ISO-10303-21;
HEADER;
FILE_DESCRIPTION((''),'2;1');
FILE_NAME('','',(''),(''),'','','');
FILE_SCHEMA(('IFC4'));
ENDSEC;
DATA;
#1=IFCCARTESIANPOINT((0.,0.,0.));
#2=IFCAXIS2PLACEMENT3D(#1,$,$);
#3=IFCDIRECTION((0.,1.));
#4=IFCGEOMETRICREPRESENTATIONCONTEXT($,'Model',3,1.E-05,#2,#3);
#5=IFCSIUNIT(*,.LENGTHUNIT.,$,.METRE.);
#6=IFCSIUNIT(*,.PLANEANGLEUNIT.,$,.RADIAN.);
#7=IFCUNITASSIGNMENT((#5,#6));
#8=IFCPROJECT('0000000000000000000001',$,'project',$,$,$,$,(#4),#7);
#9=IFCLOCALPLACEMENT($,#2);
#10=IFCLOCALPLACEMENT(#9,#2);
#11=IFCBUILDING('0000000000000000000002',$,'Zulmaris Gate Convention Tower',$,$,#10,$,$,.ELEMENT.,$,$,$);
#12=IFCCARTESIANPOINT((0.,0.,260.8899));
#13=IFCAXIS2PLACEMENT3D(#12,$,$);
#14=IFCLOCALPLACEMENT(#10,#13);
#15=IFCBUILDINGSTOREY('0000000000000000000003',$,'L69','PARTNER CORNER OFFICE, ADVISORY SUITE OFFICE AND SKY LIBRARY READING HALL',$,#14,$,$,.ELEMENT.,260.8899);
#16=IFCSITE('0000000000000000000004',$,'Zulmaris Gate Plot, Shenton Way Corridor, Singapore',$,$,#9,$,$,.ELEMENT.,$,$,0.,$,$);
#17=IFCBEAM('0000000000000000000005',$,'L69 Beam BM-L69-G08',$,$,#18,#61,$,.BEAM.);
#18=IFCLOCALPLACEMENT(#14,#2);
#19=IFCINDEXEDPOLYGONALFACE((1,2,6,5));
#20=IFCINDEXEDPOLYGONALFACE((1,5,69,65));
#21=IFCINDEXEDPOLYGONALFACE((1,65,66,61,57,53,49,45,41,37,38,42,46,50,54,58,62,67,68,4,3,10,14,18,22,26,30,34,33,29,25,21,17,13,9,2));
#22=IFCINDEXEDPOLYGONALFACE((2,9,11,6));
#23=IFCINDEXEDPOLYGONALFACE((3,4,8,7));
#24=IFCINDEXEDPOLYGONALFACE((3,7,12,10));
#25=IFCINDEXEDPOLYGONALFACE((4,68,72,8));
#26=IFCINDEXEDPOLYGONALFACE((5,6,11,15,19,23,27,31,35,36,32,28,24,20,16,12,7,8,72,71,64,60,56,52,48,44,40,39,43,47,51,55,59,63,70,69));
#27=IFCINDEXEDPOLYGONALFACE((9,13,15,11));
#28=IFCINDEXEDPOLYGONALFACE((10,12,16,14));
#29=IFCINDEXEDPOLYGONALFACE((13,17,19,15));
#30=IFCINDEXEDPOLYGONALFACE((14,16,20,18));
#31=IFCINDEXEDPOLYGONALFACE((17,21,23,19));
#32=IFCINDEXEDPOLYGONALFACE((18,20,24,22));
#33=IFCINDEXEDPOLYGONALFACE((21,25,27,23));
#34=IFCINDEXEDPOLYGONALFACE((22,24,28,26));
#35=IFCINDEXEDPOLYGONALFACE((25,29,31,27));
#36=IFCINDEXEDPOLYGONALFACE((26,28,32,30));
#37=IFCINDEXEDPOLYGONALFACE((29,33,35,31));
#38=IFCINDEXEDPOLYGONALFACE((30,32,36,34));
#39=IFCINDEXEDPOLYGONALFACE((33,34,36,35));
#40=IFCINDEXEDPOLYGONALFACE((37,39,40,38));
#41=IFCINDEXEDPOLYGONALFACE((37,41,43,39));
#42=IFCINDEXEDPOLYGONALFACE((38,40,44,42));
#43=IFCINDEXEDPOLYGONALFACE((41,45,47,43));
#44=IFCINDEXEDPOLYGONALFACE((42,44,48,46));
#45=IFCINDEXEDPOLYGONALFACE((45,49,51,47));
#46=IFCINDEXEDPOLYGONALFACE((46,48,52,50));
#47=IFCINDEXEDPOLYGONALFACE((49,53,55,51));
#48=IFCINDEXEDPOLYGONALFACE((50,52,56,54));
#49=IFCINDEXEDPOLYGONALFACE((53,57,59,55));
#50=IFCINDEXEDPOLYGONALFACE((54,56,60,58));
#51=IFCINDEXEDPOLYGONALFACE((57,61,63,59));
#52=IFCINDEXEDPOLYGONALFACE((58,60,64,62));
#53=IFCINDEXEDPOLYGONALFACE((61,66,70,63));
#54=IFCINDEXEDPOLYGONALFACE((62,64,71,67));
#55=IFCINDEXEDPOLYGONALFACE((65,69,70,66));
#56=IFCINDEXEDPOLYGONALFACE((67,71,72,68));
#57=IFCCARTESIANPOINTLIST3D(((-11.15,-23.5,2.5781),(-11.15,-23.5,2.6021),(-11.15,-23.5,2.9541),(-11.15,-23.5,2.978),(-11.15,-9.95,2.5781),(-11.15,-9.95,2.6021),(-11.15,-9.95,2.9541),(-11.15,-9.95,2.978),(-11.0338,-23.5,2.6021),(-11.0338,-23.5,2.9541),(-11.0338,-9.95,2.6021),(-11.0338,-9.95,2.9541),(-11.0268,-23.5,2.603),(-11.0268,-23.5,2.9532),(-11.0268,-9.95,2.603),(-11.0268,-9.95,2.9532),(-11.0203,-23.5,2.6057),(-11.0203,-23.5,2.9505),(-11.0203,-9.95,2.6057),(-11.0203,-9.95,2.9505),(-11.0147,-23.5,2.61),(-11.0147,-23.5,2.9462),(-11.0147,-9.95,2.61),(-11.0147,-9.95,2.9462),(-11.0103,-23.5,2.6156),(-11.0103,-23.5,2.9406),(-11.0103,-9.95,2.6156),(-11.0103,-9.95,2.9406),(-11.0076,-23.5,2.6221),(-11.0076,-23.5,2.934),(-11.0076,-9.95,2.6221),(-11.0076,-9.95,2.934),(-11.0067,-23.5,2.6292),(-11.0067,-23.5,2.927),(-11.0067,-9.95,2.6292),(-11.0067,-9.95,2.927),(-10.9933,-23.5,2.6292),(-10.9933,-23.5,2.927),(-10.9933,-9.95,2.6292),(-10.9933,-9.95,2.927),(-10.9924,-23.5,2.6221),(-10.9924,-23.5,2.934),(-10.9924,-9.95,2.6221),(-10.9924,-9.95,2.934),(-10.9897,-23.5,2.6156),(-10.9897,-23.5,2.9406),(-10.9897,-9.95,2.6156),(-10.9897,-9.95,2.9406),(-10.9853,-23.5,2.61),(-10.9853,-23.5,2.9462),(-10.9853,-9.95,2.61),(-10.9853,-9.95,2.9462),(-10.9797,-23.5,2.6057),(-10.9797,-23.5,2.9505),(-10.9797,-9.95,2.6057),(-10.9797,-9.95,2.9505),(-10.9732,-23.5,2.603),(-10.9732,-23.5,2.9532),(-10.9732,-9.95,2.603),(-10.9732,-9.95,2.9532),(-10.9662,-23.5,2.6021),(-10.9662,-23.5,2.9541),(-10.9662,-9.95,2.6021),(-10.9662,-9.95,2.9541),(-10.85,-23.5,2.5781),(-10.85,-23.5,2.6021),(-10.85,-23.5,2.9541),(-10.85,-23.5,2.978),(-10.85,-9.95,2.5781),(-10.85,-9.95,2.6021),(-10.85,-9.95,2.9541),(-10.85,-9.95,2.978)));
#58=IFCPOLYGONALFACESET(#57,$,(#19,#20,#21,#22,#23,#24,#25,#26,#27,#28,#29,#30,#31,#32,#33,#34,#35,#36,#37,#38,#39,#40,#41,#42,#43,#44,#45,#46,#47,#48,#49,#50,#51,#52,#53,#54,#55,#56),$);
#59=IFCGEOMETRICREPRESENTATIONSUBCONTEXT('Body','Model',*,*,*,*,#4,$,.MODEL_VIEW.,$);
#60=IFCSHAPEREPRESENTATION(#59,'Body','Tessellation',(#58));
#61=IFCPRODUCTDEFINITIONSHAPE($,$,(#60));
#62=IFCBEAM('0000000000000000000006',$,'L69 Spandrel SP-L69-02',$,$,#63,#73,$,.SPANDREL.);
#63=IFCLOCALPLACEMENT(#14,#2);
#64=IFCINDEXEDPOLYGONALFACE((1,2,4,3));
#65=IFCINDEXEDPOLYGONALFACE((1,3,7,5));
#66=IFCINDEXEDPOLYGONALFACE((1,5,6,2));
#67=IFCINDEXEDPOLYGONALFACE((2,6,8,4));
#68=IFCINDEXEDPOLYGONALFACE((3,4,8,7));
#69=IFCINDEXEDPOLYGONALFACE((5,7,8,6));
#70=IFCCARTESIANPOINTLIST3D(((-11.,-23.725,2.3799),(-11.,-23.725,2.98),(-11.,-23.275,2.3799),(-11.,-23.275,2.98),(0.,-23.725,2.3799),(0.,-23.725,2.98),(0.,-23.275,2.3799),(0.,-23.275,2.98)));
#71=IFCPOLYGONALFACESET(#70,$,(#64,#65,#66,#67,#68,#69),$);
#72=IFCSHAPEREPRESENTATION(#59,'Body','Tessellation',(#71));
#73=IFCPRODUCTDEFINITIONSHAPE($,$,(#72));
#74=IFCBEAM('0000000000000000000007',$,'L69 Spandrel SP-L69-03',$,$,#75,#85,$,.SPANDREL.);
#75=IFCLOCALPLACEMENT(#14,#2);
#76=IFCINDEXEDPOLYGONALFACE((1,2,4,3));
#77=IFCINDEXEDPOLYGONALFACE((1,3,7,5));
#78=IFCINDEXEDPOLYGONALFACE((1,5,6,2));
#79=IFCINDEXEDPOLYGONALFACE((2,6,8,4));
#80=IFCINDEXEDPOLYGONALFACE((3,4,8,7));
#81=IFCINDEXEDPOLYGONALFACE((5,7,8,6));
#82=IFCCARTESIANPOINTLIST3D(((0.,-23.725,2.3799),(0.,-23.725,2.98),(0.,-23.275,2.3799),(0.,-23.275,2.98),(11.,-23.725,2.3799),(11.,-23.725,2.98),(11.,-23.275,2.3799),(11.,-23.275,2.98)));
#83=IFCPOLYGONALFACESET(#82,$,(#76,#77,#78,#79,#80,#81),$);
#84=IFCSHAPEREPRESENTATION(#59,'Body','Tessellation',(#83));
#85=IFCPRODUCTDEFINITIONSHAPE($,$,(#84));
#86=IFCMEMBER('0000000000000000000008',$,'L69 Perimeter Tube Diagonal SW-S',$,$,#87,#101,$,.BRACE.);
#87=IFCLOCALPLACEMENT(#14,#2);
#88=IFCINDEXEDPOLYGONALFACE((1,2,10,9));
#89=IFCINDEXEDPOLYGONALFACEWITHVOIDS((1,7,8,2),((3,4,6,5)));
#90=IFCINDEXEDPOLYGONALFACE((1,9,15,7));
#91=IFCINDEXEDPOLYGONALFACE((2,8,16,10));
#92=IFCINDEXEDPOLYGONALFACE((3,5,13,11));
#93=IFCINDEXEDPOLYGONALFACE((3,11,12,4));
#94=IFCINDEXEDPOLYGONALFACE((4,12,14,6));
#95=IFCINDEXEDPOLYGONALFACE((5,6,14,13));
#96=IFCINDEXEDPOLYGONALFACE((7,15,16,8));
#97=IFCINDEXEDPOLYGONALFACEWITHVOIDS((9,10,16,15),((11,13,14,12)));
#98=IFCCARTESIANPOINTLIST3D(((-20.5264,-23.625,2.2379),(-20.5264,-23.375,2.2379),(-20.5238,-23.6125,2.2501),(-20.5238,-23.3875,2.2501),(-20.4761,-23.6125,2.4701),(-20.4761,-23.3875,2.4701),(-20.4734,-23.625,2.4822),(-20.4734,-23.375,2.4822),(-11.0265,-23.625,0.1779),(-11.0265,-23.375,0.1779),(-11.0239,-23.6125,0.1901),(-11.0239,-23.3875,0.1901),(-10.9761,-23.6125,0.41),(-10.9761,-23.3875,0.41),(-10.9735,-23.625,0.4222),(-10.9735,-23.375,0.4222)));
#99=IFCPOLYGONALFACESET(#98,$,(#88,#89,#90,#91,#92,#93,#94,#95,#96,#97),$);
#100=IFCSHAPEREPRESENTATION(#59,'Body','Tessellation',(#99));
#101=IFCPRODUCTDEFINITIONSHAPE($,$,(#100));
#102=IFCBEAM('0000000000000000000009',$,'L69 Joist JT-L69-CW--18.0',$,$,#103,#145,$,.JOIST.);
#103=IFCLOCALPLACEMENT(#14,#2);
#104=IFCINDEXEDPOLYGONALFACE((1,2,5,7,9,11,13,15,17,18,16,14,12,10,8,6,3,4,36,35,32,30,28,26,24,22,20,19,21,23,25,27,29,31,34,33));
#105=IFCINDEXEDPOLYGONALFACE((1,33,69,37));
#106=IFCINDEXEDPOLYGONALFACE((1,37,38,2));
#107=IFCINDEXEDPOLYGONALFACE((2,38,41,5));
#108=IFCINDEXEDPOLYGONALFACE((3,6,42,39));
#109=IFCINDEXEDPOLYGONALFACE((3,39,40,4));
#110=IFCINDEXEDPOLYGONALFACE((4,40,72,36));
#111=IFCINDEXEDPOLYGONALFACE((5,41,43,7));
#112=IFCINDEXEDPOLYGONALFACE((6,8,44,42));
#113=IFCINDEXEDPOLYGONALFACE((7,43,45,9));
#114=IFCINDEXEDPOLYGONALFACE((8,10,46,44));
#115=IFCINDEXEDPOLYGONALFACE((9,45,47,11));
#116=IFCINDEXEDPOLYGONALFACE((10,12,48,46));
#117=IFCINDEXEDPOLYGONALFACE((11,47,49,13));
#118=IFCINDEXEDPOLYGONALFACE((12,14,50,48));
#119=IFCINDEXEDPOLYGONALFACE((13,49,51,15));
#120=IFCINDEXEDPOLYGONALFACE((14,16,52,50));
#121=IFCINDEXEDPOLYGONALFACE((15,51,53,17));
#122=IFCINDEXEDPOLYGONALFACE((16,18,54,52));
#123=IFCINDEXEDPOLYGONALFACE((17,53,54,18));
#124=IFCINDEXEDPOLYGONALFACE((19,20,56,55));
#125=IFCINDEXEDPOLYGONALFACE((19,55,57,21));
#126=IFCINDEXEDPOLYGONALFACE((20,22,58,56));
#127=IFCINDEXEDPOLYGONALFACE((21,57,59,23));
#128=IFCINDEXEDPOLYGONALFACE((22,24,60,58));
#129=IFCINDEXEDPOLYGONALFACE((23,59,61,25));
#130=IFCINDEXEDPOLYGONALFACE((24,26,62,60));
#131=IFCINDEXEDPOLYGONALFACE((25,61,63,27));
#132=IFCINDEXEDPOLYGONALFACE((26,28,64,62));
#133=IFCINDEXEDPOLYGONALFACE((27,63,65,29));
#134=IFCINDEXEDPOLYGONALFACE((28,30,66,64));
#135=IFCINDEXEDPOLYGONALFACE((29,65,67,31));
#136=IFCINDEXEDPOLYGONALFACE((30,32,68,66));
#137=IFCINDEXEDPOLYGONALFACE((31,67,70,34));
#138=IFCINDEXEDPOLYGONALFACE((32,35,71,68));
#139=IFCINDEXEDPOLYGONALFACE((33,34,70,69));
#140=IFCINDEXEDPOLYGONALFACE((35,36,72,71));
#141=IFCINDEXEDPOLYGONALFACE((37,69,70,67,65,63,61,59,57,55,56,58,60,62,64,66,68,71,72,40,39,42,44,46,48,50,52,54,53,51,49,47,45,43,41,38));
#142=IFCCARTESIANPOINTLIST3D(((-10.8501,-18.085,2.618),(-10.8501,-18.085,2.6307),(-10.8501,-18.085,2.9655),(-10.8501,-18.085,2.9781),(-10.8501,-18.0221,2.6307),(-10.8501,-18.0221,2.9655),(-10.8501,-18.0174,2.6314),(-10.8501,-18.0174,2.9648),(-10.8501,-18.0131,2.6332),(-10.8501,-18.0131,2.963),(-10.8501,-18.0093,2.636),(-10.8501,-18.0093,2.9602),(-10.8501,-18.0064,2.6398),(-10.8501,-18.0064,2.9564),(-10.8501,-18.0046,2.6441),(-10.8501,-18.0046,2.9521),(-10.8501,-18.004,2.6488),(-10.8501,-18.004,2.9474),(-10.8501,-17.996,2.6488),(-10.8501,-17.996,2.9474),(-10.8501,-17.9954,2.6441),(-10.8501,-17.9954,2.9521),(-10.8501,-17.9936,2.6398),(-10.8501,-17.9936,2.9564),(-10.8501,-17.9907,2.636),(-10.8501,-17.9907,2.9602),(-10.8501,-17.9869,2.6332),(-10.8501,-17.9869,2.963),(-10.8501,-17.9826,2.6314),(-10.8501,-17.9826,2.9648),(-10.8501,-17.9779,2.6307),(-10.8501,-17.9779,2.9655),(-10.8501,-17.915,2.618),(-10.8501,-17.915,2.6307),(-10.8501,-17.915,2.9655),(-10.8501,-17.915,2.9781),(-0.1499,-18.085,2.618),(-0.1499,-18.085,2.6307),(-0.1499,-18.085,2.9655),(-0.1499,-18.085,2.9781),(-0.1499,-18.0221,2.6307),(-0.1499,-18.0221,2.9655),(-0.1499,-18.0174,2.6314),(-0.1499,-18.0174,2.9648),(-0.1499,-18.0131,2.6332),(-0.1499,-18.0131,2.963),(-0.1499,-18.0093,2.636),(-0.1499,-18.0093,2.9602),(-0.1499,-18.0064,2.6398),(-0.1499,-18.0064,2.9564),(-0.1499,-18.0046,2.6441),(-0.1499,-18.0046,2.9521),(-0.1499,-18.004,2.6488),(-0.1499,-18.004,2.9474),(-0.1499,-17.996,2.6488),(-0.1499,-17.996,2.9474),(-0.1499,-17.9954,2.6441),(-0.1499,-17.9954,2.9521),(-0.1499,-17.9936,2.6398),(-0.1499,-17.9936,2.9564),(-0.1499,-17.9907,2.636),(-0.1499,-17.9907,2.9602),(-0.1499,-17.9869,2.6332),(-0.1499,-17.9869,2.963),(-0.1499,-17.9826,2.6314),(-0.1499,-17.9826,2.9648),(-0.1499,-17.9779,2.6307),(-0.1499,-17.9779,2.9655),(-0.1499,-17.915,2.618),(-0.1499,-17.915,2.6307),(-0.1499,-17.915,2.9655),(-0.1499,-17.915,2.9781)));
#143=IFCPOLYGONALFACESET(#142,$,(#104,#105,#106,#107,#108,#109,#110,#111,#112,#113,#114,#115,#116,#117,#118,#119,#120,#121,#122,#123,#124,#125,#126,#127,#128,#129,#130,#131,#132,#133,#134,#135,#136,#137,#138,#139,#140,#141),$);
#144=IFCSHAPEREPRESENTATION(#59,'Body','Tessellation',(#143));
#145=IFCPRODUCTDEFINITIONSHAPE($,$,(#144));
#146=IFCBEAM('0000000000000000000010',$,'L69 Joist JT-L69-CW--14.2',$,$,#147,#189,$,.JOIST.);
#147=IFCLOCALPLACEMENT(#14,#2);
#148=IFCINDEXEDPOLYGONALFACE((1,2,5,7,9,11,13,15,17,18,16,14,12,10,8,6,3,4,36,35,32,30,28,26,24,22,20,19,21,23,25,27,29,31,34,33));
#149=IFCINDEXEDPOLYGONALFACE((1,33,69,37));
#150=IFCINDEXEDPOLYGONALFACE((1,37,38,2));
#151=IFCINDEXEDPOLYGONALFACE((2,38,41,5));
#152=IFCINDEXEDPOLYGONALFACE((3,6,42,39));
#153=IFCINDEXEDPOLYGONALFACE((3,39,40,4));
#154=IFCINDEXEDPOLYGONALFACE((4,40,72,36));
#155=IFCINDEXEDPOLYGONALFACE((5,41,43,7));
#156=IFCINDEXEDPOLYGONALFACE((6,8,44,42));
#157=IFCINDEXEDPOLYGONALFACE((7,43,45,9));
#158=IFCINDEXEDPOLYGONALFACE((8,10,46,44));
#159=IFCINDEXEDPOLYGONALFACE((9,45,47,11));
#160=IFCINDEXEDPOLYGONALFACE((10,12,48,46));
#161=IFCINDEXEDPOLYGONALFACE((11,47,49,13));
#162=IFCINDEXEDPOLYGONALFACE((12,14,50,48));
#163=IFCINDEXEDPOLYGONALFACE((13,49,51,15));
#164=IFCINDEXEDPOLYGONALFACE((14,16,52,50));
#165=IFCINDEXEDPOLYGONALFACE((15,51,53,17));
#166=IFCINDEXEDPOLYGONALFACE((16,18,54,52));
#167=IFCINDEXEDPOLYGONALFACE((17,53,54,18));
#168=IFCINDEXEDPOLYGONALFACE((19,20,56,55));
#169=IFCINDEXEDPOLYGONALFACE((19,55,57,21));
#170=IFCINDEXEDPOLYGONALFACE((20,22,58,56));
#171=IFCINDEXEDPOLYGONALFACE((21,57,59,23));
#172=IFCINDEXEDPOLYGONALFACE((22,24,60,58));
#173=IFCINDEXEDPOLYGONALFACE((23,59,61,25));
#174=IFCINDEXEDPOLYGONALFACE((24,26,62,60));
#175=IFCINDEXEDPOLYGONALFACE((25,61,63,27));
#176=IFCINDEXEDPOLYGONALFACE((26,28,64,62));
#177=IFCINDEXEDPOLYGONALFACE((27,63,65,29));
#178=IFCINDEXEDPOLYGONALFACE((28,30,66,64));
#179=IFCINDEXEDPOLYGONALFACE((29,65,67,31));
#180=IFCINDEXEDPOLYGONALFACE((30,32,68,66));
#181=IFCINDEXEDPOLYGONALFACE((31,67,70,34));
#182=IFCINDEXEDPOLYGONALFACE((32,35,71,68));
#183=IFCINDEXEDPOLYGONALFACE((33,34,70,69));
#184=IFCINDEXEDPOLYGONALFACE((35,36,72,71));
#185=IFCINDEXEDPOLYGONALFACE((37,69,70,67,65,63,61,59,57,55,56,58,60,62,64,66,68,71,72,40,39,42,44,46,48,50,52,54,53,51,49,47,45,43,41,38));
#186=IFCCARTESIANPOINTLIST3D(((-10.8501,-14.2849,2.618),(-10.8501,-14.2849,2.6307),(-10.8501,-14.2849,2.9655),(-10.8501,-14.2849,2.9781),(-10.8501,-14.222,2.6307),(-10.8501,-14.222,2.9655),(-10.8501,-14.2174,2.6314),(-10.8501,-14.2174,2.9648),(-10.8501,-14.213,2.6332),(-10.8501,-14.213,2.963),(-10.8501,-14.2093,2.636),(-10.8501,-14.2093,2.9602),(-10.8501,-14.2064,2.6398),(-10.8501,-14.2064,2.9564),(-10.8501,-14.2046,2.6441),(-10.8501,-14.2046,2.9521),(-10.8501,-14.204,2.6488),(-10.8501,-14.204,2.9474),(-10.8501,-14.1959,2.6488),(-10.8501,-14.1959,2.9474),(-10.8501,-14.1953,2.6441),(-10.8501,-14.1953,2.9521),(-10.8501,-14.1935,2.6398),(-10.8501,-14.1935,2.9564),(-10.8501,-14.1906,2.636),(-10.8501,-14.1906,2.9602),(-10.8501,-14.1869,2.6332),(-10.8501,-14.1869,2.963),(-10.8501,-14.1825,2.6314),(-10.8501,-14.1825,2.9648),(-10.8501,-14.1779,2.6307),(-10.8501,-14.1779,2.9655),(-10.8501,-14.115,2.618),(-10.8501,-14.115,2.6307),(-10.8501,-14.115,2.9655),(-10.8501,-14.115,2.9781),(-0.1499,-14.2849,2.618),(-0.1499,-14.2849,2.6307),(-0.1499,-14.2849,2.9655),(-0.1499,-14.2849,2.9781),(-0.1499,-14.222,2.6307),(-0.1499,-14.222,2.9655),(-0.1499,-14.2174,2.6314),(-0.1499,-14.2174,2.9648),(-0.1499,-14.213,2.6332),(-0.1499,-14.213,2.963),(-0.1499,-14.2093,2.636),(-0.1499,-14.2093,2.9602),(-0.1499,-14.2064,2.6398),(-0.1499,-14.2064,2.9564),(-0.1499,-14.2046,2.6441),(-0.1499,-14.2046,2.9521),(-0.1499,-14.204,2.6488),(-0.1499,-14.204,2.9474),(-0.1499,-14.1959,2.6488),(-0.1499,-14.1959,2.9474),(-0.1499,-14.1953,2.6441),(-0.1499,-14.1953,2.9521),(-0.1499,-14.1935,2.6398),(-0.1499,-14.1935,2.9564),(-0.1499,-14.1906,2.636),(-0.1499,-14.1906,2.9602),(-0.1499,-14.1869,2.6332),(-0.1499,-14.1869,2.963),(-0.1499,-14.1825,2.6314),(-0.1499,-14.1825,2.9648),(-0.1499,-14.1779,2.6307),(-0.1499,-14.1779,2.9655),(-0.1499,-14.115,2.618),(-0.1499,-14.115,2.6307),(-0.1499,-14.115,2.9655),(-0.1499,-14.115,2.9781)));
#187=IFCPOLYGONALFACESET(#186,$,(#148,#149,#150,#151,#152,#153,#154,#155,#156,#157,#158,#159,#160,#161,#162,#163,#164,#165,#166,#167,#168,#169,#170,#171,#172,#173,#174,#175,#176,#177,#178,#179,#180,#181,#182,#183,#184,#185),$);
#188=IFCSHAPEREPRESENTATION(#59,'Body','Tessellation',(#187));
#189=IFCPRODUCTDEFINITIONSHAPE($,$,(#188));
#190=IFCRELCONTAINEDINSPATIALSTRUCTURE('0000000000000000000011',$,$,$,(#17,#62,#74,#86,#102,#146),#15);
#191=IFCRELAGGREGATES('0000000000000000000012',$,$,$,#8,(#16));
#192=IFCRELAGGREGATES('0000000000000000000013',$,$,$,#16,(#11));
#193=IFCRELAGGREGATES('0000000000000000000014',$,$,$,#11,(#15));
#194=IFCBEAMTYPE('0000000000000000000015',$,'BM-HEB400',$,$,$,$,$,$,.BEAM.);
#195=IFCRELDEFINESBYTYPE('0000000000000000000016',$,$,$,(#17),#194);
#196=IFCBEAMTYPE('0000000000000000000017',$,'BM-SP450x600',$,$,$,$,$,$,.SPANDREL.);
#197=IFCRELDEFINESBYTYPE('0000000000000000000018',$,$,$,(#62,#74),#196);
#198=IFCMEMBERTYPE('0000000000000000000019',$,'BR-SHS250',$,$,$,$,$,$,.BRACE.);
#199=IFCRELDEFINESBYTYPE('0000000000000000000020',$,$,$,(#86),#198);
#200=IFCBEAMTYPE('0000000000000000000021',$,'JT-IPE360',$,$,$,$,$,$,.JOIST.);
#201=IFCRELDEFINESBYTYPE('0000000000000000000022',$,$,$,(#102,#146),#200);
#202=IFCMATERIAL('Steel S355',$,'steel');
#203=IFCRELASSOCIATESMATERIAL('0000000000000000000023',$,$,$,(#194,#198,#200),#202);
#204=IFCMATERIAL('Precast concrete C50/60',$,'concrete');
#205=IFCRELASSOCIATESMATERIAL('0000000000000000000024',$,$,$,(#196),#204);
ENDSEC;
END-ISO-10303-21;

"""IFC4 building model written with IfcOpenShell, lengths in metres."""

from ifc_helpers import new_model, si_unit, direction, frame, origin, origin_2d, place, context, subcontext, project, spatial, rectangle, hollow_rectangle, i_section, extrude, material, material_profile, profile_set, type_object, element, save


model = new_model("IFC4")

# Units and contexts
model_context = context("Model", 3, precision=1e-05, world=origin(), true_north=direction((0.0, 1.0)))
body_context = subcontext(model_context, "Body", "Model", "MODEL_VIEW")
ifc_project = project(units=[si_unit("LENGTHUNIT", "METRE"), si_unit("PLANEANGLEUNIT", "RADIAN")], contexts=[model_context])

# Site, building, storey
site_placement = place(None, origin())
site = spatial("IfcSite", under=ifc_project, at=site_placement, Name="Zulmaris Gate Plot, Shenton Way Corridor, Singapore", CompositionType="ELEMENT", RefElevation=0.0)
building_placement = place(site_placement, origin())
building = spatial("IfcBuilding", under=site, at=building_placement, Name="Zulmaris Gate Convention Tower", CompositionType="ELEMENT")
storey_placement = place(building_placement, frame((0.0, 0.0, 260.8899)))
storey = spatial("IfcBuildingStorey", under=building, at=storey_placement, Name="L69", Description="PARTNER CORNER OFFICE, ADVISORY SUITE OFFICE AND SKY LIBRARY READING HALL", CompositionType="ELEMENT", Elevation=260.8899)

# Beams
ifc_material_1 = material(Name="Steel S355", Category="steel")
ifc_material_profile_1 = material_profile(ifc_material_1, i_section(OverallWidth=0.3, OverallDepth=0.3999, WebThickness=0.0134, FlangeThickness=0.0239, FilletRadius=0.0271, at=origin_2d()), Name="HEB 400")
ifc_profile_set_1 = profile_set([ifc_material_profile_1], Name="Steel S355")
beam_type_1 = type_object("IfcBeamType", Name="BM-HEB400", PredefinedType="BEAM", material=ifc_profile_set_1)
beam_1_placement = place(storey_placement, frame((-11.0, -23.5, 2.7781), z_axis=(0.0, 1.0, 0.0), x_axis=(-1.0, 0.0, 0.0)))
element("IfcBeam", 1, at=beam_1_placement, inside=storey, type_object=beam_type_1, Name="L69 Beam BM-L69-G08", PredefinedType="BEAM", context=body_context, shape_type="SweptSolid", body=[
    extrude(i_section(OverallWidth=0.3, OverallDepth=0.3999, WebThickness=0.0134, FlangeThickness=0.0239, FilletRadius=0.0271, at=origin_2d()), origin(), (0.0, 0.0, 1.0), 13.55),
])
ifc_material_2 = material(Name="Precast concrete C50/60", Category="concrete")
ifc_material_profile_2 = material_profile(ifc_material_2, rectangle(XDim=0.45, YDim=0.6001, at=origin_2d()), Name="RC SPANDREL 450x600")
ifc_profile_set_2 = profile_set([ifc_material_profile_2], Name="Precast concrete C50/60")
beam_type_2 = type_object("IfcBeamType", Name="BM-SP450x600", PredefinedType="SPANDREL", material=ifc_profile_set_2)
for number, where, z_axis, x_axis, name in (
    (2, (-11.0, -23.5, 2.6799), (1.0, 0.0, 0.0), (0.0, 1.0, 0.0), "L69 Spandrel SP-L69-02"),
    (3, (0.0, -23.5, 2.6799), (1.0, 0.0, 0.0), (0.0, 1.0, 0.0), "L69 Spandrel SP-L69-03"),
):
    element("IfcBeam", number, at=place(storey_placement, frame(where, z_axis=z_axis, x_axis=x_axis)), inside=storey, type_object=beam_type_2, Name=name, PredefinedType="SPANDREL", context=body_context, shape_type="SweptSolid", body=[
        extrude(rectangle(XDim=0.45, YDim=0.6001, at=origin_2d()), origin(), (0.0, 0.0, 1.0), 11.0),
    ])

# Member
ifc_material_profile_3 = material_profile(ifc_material_1, hollow_rectangle(XDim=0.25, YDim=0.25, WallThickness=0.0125, at=origin_2d()), Name="SHS 250x250x12.5")
ifc_profile_set_3 = profile_set([ifc_material_profile_3], Name="Steel S355")
member_type = type_object("IfcMemberType", Name="BR-SHS250", PredefinedType="BRACE", material=ifc_profile_set_3)
member_placement = place(storey_placement, frame((-11.0, -23.5, 0.3), z_axis=(-0.977286, 0.0, 0.211923), x_axis=(0.0, -1.0, 0.0)))
element("IfcMember", 4, at=member_placement, inside=storey, type_object=member_type, Name="L69 Perimeter Tube Diagonal SW-S", PredefinedType="BRACE", context=body_context, shape_type="SweptSolid", body=[
    extrude(hollow_rectangle(XDim=0.25, YDim=0.25, WallThickness=0.0125, at=origin_2d()), origin(), (0.0, 0.0, 1.0), 9.7207),
])

# Beams
ifc_material_profile_4 = material_profile(ifc_material_1, i_section(OverallWidth=0.1699, OverallDepth=0.3601, WebThickness=0.0081, FlangeThickness=0.0127, FilletRadius=0.0181, at=origin_2d()), Name="IPE 360")
ifc_profile_set_4 = profile_set([ifc_material_profile_4], Name="Steel S355")
beam_type_3 = type_object("IfcBeamType", Name="JT-IPE360", PredefinedType="JOIST", material=ifc_profile_set_4)
for number, where, z_axis, x_axis, name in (
    (5, (-10.8501, -18.0, 2.7981), (1.0, 0.0, 0.0), (0.0, 1.0, 0.0), "L69 Joist JT-L69-CW--18.0"),
    (6, (-10.8501, -14.2, 2.7981), (1.0, 0.0, 0.0), (0.0, 1.0, 0.0), "L69 Joist JT-L69-CW--14.2"),
):
    element("IfcBeam", number, at=place(storey_placement, frame(where, z_axis=z_axis, x_axis=x_axis)), inside=storey, type_object=beam_type_3, Name=name, PredefinedType="JOIST", context=body_context, shape_type="SweptSolid", body=[
        extrude(i_section(OverallWidth=0.1699, OverallDepth=0.3601, WebThickness=0.0081, FlangeThickness=0.0127, FilletRadius=0.0181, at=origin_2d()), origin(), (0.0, 0.0, 1.0), 10.7002),
    ])

save(model, "model.ifc")
